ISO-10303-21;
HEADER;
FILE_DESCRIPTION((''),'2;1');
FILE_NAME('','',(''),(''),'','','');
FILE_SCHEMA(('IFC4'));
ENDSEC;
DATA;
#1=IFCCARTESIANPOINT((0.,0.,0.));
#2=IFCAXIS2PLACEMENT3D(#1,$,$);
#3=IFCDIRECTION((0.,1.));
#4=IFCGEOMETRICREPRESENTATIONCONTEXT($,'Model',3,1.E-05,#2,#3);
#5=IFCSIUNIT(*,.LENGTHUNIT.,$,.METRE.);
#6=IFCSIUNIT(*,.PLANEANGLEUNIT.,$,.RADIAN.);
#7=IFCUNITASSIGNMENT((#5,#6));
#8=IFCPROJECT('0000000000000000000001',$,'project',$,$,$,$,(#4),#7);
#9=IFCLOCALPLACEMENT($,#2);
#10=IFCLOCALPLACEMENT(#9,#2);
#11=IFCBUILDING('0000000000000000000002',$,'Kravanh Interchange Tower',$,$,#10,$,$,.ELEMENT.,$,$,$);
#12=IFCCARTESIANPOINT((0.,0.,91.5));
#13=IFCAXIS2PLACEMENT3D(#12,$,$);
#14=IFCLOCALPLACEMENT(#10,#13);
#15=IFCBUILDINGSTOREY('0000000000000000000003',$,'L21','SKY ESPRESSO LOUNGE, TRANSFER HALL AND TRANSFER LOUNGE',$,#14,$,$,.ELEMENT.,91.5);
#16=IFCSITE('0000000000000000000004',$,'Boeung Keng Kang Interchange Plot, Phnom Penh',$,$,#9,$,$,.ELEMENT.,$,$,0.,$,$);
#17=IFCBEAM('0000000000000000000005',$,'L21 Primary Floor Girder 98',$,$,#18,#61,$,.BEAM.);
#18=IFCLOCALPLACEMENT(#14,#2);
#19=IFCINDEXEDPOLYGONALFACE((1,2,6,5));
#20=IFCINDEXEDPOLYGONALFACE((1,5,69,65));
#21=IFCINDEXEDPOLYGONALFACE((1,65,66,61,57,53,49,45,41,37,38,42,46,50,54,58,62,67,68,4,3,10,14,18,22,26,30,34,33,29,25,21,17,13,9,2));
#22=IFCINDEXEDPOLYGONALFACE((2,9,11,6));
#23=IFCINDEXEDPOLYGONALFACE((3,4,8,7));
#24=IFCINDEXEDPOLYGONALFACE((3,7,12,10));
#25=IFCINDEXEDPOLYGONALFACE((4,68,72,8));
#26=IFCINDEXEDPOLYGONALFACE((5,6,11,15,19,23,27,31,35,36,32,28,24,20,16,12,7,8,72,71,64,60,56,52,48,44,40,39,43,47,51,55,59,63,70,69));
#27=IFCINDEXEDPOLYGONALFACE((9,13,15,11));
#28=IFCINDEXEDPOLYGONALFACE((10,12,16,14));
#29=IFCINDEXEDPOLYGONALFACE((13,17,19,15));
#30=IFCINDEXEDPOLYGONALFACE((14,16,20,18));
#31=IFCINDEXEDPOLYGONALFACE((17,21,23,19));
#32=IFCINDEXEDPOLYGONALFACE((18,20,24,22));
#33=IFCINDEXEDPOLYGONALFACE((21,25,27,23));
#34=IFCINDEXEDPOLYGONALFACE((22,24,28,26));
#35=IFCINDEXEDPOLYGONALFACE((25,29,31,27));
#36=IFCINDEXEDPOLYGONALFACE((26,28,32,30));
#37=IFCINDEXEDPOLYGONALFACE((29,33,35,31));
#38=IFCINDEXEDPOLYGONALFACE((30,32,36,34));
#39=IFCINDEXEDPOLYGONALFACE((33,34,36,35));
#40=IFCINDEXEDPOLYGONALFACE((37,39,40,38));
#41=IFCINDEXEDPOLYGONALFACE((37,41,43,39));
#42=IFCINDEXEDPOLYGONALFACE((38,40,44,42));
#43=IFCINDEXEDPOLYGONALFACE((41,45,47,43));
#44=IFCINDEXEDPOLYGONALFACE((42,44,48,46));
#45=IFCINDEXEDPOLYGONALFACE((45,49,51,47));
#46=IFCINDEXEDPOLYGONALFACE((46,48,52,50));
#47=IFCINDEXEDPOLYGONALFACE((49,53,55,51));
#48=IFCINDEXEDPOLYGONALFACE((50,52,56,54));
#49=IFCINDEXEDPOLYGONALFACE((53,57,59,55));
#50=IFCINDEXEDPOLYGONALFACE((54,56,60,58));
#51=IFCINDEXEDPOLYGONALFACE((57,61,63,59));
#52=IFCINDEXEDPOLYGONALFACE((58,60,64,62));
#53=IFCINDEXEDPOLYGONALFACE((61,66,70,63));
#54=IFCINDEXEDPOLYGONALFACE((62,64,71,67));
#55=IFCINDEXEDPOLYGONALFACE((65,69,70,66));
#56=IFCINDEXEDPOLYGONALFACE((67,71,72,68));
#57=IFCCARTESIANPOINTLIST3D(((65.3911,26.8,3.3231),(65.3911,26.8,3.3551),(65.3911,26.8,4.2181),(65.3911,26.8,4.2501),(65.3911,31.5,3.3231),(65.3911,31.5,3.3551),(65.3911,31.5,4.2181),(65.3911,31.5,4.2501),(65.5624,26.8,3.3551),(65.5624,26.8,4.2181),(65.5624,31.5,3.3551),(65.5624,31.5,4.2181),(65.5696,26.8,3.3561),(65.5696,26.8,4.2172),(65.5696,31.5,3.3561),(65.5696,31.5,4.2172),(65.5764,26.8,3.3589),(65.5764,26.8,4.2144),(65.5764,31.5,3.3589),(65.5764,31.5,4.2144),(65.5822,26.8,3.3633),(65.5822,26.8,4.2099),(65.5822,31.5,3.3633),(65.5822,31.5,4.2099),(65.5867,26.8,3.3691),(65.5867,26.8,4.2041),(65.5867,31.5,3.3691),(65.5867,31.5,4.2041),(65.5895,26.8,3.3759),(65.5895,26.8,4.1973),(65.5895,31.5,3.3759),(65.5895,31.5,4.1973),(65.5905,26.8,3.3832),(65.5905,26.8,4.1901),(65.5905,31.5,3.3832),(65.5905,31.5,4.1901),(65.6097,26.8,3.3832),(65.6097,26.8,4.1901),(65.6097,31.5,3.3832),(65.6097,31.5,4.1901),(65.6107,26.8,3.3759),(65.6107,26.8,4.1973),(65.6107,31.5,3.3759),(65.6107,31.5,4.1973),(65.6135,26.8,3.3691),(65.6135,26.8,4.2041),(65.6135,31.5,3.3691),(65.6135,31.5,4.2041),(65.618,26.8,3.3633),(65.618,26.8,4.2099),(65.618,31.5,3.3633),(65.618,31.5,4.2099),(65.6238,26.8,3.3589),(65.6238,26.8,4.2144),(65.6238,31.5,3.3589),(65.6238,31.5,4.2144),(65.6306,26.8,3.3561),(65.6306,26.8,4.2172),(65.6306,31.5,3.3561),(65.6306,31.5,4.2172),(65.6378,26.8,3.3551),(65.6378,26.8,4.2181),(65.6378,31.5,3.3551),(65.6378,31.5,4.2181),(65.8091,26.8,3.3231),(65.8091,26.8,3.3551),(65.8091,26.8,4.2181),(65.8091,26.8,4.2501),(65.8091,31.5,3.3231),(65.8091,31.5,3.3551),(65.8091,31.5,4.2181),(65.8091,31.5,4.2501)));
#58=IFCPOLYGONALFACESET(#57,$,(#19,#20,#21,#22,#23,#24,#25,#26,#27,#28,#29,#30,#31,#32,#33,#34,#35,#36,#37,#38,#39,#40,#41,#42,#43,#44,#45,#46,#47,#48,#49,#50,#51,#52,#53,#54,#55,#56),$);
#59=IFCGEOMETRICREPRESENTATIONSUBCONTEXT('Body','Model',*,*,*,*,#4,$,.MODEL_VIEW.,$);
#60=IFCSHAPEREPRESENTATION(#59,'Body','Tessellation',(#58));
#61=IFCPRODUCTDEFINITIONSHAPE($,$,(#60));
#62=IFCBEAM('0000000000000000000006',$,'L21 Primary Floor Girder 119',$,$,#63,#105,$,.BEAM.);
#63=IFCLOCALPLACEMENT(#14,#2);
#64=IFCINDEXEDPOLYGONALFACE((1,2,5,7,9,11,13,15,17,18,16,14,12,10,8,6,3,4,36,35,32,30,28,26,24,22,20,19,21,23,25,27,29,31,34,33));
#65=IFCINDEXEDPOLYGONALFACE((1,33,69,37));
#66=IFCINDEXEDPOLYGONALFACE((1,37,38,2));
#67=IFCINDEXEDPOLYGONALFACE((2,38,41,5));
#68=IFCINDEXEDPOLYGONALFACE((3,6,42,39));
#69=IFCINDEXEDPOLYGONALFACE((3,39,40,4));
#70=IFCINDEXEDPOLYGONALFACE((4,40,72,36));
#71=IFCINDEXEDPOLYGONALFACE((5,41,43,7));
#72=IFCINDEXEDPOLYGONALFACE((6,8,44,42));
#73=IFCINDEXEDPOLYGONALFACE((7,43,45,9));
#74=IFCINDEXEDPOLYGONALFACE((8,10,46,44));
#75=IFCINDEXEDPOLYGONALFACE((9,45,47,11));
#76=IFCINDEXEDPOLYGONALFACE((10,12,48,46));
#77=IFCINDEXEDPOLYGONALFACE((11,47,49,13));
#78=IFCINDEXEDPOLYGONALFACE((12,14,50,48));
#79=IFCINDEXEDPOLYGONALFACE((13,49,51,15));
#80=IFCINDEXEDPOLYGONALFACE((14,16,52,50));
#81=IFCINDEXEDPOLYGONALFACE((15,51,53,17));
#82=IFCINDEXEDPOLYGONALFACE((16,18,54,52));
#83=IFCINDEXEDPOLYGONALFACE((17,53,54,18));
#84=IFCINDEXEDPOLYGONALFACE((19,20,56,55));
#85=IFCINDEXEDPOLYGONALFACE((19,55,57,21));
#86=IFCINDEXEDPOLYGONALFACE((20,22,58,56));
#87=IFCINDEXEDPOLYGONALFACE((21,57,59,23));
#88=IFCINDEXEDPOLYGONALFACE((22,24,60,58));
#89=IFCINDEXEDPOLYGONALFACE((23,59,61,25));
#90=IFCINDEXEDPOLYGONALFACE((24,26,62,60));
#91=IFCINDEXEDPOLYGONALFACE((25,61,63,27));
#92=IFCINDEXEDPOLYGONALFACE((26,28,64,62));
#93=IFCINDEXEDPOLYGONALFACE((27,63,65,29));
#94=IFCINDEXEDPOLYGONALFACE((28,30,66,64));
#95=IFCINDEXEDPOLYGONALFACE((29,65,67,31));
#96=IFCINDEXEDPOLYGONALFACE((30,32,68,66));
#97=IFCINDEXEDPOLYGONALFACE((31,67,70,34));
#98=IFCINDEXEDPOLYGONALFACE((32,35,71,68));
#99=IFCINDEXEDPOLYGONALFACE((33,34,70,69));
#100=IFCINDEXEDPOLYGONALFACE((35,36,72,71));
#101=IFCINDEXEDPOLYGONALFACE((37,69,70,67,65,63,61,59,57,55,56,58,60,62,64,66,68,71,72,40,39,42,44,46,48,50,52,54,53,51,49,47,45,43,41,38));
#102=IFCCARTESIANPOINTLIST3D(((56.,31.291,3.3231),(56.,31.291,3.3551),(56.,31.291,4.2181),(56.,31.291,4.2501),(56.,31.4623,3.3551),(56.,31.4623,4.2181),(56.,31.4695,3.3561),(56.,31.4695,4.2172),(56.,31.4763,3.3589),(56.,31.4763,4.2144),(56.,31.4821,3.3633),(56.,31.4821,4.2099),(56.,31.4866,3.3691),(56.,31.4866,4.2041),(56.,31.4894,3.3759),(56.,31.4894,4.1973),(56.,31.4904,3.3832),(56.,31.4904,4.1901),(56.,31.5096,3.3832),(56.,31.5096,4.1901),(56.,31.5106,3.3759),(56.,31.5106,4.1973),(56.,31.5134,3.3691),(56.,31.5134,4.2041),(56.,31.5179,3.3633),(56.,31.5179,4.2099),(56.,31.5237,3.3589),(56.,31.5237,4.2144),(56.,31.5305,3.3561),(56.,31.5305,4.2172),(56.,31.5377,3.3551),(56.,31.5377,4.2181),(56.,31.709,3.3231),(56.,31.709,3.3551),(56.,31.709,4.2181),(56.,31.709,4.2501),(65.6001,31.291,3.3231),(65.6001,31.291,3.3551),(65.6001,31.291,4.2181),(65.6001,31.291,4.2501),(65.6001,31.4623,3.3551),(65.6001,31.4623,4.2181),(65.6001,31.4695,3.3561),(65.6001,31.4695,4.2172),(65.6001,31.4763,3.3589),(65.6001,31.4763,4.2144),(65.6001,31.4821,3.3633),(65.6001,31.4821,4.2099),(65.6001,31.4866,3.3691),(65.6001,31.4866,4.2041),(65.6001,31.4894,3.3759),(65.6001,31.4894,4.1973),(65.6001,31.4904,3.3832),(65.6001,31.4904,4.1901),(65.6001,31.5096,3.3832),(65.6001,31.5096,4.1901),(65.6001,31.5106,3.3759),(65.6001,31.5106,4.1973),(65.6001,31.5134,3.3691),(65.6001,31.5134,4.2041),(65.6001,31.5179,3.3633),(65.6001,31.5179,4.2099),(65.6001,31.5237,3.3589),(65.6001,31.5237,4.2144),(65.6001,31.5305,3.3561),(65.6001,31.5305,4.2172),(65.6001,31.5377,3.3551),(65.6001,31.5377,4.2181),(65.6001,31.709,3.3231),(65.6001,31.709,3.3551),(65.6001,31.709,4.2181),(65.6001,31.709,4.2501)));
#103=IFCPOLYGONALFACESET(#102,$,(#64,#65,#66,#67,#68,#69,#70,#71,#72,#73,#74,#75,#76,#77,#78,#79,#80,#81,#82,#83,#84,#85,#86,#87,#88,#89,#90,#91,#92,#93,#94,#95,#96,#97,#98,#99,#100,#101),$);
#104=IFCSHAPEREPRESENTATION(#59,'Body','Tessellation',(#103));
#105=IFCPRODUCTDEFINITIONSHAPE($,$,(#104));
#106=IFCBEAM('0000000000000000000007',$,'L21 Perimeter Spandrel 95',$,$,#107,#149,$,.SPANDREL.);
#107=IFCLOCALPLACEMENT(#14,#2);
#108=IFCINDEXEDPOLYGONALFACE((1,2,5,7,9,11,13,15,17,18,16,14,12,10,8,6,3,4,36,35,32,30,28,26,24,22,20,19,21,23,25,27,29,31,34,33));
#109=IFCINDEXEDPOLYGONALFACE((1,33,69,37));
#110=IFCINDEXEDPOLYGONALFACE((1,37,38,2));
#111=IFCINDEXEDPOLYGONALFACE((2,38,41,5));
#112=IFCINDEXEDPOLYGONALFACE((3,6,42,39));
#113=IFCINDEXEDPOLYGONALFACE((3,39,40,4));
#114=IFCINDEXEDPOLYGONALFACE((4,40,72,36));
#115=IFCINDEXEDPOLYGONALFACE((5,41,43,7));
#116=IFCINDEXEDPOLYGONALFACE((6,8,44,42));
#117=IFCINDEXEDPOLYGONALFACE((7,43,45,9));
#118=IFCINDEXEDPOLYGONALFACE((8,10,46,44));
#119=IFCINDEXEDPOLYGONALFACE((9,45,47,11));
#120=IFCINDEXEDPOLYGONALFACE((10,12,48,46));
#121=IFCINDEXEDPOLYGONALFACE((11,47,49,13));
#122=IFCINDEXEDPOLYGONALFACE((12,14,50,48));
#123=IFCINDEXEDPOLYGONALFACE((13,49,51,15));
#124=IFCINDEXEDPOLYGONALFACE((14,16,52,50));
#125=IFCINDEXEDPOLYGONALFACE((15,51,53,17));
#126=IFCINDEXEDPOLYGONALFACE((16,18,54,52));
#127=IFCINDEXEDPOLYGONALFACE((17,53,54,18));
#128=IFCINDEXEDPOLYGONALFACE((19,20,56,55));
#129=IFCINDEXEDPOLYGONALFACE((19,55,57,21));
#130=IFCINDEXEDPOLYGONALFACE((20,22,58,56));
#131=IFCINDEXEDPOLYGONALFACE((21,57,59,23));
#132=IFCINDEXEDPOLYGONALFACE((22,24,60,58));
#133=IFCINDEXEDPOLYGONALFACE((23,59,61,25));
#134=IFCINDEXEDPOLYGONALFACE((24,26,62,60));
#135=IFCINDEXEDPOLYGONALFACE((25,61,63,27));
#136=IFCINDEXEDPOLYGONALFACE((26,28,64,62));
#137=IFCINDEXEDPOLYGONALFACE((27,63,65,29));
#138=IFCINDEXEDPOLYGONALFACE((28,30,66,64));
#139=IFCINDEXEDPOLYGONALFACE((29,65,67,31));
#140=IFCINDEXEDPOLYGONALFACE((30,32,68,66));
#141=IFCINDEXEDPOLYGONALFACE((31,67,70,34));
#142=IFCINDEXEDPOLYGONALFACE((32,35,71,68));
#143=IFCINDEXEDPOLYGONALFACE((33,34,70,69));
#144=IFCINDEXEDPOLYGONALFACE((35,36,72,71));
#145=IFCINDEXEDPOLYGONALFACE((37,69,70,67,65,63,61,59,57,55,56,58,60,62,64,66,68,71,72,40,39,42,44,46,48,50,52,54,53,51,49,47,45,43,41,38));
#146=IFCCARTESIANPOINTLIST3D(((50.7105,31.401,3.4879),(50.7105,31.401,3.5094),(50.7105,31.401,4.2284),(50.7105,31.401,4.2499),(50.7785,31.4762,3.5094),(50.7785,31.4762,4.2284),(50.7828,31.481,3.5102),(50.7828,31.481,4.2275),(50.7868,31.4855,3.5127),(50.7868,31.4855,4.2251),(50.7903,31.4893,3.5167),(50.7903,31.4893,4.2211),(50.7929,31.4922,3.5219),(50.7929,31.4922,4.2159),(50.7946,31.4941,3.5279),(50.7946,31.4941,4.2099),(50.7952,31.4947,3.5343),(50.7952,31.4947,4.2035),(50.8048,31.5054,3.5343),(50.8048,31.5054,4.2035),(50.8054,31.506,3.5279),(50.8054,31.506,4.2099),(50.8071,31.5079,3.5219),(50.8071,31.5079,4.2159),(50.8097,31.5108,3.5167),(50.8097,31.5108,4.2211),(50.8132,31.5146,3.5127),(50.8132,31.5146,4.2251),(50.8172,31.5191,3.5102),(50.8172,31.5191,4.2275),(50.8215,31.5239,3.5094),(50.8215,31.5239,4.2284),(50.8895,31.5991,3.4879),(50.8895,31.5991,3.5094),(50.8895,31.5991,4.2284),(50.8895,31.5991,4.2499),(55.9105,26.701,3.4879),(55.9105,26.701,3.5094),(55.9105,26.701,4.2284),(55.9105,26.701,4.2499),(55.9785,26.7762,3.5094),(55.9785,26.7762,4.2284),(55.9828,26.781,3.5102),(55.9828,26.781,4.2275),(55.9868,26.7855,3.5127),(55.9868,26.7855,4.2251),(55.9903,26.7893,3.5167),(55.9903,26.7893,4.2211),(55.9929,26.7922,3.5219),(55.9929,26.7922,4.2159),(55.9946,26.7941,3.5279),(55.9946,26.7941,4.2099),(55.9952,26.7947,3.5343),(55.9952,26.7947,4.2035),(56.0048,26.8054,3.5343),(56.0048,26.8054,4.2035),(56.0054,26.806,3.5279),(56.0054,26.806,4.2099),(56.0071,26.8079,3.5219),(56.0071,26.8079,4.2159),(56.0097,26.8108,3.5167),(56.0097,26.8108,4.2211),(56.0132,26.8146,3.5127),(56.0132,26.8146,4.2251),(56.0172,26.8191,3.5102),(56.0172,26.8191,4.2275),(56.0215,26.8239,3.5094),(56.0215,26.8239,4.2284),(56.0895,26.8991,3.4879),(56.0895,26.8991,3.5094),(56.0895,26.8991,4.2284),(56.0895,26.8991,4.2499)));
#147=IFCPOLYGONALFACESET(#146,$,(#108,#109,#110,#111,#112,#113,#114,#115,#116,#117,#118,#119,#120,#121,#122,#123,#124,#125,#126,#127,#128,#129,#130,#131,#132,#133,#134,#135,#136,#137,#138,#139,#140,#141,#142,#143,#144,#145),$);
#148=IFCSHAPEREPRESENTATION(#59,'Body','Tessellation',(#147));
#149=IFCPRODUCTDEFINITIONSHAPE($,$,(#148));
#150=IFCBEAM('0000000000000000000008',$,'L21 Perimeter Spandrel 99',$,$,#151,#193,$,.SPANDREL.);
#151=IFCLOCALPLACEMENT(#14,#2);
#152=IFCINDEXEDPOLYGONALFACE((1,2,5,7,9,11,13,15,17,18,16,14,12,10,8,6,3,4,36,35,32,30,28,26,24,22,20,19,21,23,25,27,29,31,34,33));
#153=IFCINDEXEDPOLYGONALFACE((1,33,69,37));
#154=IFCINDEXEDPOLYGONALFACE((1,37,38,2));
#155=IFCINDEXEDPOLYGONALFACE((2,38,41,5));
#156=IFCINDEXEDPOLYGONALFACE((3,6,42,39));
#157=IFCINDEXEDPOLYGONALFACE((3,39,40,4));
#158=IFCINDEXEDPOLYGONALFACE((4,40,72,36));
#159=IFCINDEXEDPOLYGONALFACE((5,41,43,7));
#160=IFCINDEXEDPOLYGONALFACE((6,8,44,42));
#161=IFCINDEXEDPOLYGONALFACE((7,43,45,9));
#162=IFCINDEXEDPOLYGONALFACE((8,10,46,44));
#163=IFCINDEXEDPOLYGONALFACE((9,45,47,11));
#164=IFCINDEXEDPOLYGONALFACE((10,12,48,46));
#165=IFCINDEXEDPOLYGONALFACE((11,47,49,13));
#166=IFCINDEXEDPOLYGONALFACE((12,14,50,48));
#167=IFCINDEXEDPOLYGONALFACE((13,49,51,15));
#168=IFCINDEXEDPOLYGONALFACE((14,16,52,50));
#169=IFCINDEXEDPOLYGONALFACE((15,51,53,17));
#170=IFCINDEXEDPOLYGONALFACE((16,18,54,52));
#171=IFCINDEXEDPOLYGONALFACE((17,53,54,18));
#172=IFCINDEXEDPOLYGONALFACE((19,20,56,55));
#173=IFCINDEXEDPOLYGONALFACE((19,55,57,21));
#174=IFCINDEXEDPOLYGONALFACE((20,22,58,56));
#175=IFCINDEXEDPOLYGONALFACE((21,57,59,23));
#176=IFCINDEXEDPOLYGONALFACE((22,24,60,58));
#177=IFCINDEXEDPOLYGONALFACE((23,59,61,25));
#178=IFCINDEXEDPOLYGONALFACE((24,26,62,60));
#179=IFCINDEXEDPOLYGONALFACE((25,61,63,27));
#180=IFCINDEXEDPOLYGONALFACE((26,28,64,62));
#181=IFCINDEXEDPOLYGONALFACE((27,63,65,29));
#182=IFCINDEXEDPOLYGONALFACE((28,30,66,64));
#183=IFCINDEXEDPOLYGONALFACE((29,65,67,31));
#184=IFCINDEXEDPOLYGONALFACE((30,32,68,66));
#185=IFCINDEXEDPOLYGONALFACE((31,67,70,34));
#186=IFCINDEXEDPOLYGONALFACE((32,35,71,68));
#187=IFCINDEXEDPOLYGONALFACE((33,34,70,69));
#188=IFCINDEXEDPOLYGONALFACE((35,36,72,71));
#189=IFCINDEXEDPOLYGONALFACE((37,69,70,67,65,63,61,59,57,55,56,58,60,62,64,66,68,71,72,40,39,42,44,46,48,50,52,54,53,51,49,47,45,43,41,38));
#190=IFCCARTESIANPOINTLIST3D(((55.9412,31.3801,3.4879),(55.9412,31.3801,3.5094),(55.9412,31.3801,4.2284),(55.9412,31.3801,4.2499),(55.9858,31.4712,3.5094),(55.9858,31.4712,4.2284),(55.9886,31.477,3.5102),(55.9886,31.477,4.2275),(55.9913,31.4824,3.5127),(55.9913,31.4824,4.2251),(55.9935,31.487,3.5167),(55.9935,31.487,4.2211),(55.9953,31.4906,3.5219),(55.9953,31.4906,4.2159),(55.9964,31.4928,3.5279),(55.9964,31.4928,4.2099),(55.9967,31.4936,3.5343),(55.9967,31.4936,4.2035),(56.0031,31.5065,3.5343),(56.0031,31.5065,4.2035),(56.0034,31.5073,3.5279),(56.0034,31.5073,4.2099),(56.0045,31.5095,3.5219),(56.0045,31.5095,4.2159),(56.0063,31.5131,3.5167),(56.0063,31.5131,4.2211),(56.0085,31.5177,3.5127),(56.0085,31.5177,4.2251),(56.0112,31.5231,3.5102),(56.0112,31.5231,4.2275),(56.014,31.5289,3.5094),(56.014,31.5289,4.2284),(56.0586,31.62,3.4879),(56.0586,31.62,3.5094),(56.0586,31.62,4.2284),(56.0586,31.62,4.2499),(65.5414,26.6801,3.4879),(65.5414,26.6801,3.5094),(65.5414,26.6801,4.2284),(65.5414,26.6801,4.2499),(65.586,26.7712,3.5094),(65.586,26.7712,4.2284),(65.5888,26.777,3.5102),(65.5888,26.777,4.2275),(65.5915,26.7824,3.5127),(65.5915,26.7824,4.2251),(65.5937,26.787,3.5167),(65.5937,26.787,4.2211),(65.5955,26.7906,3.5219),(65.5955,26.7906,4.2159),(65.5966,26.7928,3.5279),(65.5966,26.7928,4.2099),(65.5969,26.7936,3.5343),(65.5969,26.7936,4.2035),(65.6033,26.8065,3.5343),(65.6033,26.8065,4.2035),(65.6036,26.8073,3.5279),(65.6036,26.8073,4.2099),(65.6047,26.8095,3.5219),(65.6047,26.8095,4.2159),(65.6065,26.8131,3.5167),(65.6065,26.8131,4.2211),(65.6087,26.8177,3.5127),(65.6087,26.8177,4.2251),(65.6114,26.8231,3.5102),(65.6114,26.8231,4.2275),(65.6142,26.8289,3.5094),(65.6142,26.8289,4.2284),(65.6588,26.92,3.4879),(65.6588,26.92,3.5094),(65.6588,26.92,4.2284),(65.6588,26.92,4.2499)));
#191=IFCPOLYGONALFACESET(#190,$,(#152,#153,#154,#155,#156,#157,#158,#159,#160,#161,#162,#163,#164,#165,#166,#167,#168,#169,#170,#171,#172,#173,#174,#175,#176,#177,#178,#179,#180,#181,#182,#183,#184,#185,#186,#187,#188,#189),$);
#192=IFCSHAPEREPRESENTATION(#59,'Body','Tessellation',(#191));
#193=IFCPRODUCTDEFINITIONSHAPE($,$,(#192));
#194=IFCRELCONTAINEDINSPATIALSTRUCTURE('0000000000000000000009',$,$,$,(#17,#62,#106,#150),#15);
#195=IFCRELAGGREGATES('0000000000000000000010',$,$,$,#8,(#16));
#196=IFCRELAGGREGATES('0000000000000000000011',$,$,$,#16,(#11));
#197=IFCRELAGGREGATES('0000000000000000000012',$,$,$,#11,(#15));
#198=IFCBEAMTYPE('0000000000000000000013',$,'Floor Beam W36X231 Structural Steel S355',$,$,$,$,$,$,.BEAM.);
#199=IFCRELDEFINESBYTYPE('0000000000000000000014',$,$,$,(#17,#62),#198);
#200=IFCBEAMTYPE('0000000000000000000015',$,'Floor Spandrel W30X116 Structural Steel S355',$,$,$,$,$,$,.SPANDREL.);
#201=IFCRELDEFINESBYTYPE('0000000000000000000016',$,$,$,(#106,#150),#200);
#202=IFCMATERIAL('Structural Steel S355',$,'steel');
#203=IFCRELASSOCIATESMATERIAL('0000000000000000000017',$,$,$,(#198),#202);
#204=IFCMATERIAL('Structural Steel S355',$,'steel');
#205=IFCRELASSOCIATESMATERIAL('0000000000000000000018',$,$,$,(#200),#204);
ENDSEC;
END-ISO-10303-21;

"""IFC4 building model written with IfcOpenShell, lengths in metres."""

from ifc_helpers import new_model, si_unit, direction, frame, origin, origin_2d, place, context, subcontext, project, spatial, i_section, extrude, material, material_profile, profile_set, type_object, element, save


model = new_model("IFC4")

# Units and contexts
model_context = context("Model", 3, precision=1e-05, world=origin(), true_north=direction((0.0, 1.0)))
body_context = subcontext(model_context, "Body", "Model", "MODEL_VIEW")
ifc_project = project(units=[si_unit("LENGTHUNIT", "METRE"), si_unit("PLANEANGLEUNIT", "RADIAN")], contexts=[model_context])

# Site, building, storey
site_placement = place(None, origin())
site = spatial("IfcSite", under=ifc_project, at=site_placement, Name="Boeung Keng Kang Interchange Plot, Phnom Penh", CompositionType="ELEMENT", RefElevation=0.0)
building_placement = place(site_placement, origin())
building = spatial("IfcBuilding", under=site, at=building_placement, Name="Kravanh Interchange Tower", CompositionType="ELEMENT")
storey_placement = place(building_placement, frame((0.0, 0.0, 91.5)))
storey = spatial("IfcBuildingStorey", under=building, at=storey_placement, Name="L21", Description="SKY ESPRESSO LOUNGE, TRANSFER HALL AND TRANSFER LOUNGE", CompositionType="ELEMENT", Elevation=91.5)

# Beams
ifc_material_1 = material(Name="Structural Steel S355", Category="steel")
ifc_material_profile_1 = material_profile(ifc_material_1, i_section(OverallWidth=0.418, OverallDepth=0.927, WebThickness=0.0193, FlangeThickness=0.032, FilletRadius=0.0281, at=origin_2d()), Name="W36X231")
ifc_profile_set_1 = profile_set([ifc_material_profile_1], Name="Structural Steel S355")
beam_type_1 = type_object("IfcBeamType", Name="Floor Beam W36X231 Structural Steel S355", PredefinedType="BEAM", material=ifc_profile_set_1)
beam_1_placement = place(storey_placement, frame((65.6001, 26.8, 3.7866), z_axis=(0.0, 1.0, 0.0), x_axis=(-1.0, 0.0, 0.0)))
element("IfcBeam", 1, at=beam_1_placement, inside=storey, type_object=beam_type_1, Name="L21 Primary Floor Girder 98", PredefinedType="BEAM", context=body_context, shape_type="SweptSolid", body=[
    extrude(i_section(OverallWidth=0.418, OverallDepth=0.927, WebThickness=0.0193, FlangeThickness=0.032, FilletRadius=0.0281, at=origin_2d()), origin(), (0.0, 0.0, 1.0), 4.7),
])
beam_2_placement = place(storey_placement, frame((56.0, 31.5, 3.7866), z_axis=(1.0, 0.0, 0.0), x_axis=(0.0, 1.0, 0.0)))
element("IfcBeam", 2, at=beam_2_placement, inside=storey, type_object=beam_type_1, Name="L21 Primary Floor Girder 119", PredefinedType="BEAM", context=body_context, shape_type="SweptSolid", body=[
    extrude(i_section(OverallWidth=0.418, OverallDepth=0.927, WebThickness=0.0193, FlangeThickness=0.032, FilletRadius=0.0281, at=origin_2d()), origin(), (0.0, 0.0, 1.0), 9.6001),
])
ifc_material_2 = material(Name="Structural Steel S355", Category="steel")
ifc_material_profile_2 = material_profile(ifc_material_2, i_section(OverallWidth=0.2671, OverallDepth=0.762, WebThickness=0.0144, FlangeThickness=0.0215, FilletRadius=0.0249, at=origin_2d()), Name="W30X116")
ifc_profile_set_2 = profile_set([ifc_material_profile_2], Name="Structural Steel S355")
beam_type_2 = type_object("IfcBeamType", Name="Floor Spandrel W30X116 Structural Steel S355", PredefinedType="SPANDREL", material=ifc_profile_set_2)
beam_3_placement = place(storey_placement, frame((56.0, 26.8, 3.8689), z_axis=(-0.741874, 0.670539, 0.0), x_axis=(-0.670539, -0.741874, 0.0)))
element("IfcBeam", 3, at=beam_3_placement, inside=storey, type_object=beam_type_2, Name="L21 Perimeter Spandrel 95", PredefinedType="SPANDREL", context=body_context, shape_type="SweptSolid", body=[
    extrude(i_section(OverallWidth=0.2671, OverallDepth=0.762, WebThickness=0.0144, FlangeThickness=0.0215, FilletRadius=0.0249, at=origin_2d()), origin(), (0.0, 0.0, 1.0), 7.0093),
])
beam_4_placement = place(storey_placement, frame((65.6001, 26.8, 3.8689), z_axis=(-0.898142, 0.439706, 0.0), x_axis=(-0.439706, -0.898142, 0.0)))
element("IfcBeam", 4, at=beam_4_placement, inside=storey, type_object=beam_type_2, Name="L21 Perimeter Spandrel 99", PredefinedType="SPANDREL", context=body_context, shape_type="SweptSolid", body=[
    extrude(i_section(OverallWidth=0.2671, OverallDepth=0.762, WebThickness=0.0144, FlangeThickness=0.0215, FilletRadius=0.0249, at=origin_2d()), origin(), (0.0, 0.0, 1.0), 10.689),
])

save(model, "model.ifc")
